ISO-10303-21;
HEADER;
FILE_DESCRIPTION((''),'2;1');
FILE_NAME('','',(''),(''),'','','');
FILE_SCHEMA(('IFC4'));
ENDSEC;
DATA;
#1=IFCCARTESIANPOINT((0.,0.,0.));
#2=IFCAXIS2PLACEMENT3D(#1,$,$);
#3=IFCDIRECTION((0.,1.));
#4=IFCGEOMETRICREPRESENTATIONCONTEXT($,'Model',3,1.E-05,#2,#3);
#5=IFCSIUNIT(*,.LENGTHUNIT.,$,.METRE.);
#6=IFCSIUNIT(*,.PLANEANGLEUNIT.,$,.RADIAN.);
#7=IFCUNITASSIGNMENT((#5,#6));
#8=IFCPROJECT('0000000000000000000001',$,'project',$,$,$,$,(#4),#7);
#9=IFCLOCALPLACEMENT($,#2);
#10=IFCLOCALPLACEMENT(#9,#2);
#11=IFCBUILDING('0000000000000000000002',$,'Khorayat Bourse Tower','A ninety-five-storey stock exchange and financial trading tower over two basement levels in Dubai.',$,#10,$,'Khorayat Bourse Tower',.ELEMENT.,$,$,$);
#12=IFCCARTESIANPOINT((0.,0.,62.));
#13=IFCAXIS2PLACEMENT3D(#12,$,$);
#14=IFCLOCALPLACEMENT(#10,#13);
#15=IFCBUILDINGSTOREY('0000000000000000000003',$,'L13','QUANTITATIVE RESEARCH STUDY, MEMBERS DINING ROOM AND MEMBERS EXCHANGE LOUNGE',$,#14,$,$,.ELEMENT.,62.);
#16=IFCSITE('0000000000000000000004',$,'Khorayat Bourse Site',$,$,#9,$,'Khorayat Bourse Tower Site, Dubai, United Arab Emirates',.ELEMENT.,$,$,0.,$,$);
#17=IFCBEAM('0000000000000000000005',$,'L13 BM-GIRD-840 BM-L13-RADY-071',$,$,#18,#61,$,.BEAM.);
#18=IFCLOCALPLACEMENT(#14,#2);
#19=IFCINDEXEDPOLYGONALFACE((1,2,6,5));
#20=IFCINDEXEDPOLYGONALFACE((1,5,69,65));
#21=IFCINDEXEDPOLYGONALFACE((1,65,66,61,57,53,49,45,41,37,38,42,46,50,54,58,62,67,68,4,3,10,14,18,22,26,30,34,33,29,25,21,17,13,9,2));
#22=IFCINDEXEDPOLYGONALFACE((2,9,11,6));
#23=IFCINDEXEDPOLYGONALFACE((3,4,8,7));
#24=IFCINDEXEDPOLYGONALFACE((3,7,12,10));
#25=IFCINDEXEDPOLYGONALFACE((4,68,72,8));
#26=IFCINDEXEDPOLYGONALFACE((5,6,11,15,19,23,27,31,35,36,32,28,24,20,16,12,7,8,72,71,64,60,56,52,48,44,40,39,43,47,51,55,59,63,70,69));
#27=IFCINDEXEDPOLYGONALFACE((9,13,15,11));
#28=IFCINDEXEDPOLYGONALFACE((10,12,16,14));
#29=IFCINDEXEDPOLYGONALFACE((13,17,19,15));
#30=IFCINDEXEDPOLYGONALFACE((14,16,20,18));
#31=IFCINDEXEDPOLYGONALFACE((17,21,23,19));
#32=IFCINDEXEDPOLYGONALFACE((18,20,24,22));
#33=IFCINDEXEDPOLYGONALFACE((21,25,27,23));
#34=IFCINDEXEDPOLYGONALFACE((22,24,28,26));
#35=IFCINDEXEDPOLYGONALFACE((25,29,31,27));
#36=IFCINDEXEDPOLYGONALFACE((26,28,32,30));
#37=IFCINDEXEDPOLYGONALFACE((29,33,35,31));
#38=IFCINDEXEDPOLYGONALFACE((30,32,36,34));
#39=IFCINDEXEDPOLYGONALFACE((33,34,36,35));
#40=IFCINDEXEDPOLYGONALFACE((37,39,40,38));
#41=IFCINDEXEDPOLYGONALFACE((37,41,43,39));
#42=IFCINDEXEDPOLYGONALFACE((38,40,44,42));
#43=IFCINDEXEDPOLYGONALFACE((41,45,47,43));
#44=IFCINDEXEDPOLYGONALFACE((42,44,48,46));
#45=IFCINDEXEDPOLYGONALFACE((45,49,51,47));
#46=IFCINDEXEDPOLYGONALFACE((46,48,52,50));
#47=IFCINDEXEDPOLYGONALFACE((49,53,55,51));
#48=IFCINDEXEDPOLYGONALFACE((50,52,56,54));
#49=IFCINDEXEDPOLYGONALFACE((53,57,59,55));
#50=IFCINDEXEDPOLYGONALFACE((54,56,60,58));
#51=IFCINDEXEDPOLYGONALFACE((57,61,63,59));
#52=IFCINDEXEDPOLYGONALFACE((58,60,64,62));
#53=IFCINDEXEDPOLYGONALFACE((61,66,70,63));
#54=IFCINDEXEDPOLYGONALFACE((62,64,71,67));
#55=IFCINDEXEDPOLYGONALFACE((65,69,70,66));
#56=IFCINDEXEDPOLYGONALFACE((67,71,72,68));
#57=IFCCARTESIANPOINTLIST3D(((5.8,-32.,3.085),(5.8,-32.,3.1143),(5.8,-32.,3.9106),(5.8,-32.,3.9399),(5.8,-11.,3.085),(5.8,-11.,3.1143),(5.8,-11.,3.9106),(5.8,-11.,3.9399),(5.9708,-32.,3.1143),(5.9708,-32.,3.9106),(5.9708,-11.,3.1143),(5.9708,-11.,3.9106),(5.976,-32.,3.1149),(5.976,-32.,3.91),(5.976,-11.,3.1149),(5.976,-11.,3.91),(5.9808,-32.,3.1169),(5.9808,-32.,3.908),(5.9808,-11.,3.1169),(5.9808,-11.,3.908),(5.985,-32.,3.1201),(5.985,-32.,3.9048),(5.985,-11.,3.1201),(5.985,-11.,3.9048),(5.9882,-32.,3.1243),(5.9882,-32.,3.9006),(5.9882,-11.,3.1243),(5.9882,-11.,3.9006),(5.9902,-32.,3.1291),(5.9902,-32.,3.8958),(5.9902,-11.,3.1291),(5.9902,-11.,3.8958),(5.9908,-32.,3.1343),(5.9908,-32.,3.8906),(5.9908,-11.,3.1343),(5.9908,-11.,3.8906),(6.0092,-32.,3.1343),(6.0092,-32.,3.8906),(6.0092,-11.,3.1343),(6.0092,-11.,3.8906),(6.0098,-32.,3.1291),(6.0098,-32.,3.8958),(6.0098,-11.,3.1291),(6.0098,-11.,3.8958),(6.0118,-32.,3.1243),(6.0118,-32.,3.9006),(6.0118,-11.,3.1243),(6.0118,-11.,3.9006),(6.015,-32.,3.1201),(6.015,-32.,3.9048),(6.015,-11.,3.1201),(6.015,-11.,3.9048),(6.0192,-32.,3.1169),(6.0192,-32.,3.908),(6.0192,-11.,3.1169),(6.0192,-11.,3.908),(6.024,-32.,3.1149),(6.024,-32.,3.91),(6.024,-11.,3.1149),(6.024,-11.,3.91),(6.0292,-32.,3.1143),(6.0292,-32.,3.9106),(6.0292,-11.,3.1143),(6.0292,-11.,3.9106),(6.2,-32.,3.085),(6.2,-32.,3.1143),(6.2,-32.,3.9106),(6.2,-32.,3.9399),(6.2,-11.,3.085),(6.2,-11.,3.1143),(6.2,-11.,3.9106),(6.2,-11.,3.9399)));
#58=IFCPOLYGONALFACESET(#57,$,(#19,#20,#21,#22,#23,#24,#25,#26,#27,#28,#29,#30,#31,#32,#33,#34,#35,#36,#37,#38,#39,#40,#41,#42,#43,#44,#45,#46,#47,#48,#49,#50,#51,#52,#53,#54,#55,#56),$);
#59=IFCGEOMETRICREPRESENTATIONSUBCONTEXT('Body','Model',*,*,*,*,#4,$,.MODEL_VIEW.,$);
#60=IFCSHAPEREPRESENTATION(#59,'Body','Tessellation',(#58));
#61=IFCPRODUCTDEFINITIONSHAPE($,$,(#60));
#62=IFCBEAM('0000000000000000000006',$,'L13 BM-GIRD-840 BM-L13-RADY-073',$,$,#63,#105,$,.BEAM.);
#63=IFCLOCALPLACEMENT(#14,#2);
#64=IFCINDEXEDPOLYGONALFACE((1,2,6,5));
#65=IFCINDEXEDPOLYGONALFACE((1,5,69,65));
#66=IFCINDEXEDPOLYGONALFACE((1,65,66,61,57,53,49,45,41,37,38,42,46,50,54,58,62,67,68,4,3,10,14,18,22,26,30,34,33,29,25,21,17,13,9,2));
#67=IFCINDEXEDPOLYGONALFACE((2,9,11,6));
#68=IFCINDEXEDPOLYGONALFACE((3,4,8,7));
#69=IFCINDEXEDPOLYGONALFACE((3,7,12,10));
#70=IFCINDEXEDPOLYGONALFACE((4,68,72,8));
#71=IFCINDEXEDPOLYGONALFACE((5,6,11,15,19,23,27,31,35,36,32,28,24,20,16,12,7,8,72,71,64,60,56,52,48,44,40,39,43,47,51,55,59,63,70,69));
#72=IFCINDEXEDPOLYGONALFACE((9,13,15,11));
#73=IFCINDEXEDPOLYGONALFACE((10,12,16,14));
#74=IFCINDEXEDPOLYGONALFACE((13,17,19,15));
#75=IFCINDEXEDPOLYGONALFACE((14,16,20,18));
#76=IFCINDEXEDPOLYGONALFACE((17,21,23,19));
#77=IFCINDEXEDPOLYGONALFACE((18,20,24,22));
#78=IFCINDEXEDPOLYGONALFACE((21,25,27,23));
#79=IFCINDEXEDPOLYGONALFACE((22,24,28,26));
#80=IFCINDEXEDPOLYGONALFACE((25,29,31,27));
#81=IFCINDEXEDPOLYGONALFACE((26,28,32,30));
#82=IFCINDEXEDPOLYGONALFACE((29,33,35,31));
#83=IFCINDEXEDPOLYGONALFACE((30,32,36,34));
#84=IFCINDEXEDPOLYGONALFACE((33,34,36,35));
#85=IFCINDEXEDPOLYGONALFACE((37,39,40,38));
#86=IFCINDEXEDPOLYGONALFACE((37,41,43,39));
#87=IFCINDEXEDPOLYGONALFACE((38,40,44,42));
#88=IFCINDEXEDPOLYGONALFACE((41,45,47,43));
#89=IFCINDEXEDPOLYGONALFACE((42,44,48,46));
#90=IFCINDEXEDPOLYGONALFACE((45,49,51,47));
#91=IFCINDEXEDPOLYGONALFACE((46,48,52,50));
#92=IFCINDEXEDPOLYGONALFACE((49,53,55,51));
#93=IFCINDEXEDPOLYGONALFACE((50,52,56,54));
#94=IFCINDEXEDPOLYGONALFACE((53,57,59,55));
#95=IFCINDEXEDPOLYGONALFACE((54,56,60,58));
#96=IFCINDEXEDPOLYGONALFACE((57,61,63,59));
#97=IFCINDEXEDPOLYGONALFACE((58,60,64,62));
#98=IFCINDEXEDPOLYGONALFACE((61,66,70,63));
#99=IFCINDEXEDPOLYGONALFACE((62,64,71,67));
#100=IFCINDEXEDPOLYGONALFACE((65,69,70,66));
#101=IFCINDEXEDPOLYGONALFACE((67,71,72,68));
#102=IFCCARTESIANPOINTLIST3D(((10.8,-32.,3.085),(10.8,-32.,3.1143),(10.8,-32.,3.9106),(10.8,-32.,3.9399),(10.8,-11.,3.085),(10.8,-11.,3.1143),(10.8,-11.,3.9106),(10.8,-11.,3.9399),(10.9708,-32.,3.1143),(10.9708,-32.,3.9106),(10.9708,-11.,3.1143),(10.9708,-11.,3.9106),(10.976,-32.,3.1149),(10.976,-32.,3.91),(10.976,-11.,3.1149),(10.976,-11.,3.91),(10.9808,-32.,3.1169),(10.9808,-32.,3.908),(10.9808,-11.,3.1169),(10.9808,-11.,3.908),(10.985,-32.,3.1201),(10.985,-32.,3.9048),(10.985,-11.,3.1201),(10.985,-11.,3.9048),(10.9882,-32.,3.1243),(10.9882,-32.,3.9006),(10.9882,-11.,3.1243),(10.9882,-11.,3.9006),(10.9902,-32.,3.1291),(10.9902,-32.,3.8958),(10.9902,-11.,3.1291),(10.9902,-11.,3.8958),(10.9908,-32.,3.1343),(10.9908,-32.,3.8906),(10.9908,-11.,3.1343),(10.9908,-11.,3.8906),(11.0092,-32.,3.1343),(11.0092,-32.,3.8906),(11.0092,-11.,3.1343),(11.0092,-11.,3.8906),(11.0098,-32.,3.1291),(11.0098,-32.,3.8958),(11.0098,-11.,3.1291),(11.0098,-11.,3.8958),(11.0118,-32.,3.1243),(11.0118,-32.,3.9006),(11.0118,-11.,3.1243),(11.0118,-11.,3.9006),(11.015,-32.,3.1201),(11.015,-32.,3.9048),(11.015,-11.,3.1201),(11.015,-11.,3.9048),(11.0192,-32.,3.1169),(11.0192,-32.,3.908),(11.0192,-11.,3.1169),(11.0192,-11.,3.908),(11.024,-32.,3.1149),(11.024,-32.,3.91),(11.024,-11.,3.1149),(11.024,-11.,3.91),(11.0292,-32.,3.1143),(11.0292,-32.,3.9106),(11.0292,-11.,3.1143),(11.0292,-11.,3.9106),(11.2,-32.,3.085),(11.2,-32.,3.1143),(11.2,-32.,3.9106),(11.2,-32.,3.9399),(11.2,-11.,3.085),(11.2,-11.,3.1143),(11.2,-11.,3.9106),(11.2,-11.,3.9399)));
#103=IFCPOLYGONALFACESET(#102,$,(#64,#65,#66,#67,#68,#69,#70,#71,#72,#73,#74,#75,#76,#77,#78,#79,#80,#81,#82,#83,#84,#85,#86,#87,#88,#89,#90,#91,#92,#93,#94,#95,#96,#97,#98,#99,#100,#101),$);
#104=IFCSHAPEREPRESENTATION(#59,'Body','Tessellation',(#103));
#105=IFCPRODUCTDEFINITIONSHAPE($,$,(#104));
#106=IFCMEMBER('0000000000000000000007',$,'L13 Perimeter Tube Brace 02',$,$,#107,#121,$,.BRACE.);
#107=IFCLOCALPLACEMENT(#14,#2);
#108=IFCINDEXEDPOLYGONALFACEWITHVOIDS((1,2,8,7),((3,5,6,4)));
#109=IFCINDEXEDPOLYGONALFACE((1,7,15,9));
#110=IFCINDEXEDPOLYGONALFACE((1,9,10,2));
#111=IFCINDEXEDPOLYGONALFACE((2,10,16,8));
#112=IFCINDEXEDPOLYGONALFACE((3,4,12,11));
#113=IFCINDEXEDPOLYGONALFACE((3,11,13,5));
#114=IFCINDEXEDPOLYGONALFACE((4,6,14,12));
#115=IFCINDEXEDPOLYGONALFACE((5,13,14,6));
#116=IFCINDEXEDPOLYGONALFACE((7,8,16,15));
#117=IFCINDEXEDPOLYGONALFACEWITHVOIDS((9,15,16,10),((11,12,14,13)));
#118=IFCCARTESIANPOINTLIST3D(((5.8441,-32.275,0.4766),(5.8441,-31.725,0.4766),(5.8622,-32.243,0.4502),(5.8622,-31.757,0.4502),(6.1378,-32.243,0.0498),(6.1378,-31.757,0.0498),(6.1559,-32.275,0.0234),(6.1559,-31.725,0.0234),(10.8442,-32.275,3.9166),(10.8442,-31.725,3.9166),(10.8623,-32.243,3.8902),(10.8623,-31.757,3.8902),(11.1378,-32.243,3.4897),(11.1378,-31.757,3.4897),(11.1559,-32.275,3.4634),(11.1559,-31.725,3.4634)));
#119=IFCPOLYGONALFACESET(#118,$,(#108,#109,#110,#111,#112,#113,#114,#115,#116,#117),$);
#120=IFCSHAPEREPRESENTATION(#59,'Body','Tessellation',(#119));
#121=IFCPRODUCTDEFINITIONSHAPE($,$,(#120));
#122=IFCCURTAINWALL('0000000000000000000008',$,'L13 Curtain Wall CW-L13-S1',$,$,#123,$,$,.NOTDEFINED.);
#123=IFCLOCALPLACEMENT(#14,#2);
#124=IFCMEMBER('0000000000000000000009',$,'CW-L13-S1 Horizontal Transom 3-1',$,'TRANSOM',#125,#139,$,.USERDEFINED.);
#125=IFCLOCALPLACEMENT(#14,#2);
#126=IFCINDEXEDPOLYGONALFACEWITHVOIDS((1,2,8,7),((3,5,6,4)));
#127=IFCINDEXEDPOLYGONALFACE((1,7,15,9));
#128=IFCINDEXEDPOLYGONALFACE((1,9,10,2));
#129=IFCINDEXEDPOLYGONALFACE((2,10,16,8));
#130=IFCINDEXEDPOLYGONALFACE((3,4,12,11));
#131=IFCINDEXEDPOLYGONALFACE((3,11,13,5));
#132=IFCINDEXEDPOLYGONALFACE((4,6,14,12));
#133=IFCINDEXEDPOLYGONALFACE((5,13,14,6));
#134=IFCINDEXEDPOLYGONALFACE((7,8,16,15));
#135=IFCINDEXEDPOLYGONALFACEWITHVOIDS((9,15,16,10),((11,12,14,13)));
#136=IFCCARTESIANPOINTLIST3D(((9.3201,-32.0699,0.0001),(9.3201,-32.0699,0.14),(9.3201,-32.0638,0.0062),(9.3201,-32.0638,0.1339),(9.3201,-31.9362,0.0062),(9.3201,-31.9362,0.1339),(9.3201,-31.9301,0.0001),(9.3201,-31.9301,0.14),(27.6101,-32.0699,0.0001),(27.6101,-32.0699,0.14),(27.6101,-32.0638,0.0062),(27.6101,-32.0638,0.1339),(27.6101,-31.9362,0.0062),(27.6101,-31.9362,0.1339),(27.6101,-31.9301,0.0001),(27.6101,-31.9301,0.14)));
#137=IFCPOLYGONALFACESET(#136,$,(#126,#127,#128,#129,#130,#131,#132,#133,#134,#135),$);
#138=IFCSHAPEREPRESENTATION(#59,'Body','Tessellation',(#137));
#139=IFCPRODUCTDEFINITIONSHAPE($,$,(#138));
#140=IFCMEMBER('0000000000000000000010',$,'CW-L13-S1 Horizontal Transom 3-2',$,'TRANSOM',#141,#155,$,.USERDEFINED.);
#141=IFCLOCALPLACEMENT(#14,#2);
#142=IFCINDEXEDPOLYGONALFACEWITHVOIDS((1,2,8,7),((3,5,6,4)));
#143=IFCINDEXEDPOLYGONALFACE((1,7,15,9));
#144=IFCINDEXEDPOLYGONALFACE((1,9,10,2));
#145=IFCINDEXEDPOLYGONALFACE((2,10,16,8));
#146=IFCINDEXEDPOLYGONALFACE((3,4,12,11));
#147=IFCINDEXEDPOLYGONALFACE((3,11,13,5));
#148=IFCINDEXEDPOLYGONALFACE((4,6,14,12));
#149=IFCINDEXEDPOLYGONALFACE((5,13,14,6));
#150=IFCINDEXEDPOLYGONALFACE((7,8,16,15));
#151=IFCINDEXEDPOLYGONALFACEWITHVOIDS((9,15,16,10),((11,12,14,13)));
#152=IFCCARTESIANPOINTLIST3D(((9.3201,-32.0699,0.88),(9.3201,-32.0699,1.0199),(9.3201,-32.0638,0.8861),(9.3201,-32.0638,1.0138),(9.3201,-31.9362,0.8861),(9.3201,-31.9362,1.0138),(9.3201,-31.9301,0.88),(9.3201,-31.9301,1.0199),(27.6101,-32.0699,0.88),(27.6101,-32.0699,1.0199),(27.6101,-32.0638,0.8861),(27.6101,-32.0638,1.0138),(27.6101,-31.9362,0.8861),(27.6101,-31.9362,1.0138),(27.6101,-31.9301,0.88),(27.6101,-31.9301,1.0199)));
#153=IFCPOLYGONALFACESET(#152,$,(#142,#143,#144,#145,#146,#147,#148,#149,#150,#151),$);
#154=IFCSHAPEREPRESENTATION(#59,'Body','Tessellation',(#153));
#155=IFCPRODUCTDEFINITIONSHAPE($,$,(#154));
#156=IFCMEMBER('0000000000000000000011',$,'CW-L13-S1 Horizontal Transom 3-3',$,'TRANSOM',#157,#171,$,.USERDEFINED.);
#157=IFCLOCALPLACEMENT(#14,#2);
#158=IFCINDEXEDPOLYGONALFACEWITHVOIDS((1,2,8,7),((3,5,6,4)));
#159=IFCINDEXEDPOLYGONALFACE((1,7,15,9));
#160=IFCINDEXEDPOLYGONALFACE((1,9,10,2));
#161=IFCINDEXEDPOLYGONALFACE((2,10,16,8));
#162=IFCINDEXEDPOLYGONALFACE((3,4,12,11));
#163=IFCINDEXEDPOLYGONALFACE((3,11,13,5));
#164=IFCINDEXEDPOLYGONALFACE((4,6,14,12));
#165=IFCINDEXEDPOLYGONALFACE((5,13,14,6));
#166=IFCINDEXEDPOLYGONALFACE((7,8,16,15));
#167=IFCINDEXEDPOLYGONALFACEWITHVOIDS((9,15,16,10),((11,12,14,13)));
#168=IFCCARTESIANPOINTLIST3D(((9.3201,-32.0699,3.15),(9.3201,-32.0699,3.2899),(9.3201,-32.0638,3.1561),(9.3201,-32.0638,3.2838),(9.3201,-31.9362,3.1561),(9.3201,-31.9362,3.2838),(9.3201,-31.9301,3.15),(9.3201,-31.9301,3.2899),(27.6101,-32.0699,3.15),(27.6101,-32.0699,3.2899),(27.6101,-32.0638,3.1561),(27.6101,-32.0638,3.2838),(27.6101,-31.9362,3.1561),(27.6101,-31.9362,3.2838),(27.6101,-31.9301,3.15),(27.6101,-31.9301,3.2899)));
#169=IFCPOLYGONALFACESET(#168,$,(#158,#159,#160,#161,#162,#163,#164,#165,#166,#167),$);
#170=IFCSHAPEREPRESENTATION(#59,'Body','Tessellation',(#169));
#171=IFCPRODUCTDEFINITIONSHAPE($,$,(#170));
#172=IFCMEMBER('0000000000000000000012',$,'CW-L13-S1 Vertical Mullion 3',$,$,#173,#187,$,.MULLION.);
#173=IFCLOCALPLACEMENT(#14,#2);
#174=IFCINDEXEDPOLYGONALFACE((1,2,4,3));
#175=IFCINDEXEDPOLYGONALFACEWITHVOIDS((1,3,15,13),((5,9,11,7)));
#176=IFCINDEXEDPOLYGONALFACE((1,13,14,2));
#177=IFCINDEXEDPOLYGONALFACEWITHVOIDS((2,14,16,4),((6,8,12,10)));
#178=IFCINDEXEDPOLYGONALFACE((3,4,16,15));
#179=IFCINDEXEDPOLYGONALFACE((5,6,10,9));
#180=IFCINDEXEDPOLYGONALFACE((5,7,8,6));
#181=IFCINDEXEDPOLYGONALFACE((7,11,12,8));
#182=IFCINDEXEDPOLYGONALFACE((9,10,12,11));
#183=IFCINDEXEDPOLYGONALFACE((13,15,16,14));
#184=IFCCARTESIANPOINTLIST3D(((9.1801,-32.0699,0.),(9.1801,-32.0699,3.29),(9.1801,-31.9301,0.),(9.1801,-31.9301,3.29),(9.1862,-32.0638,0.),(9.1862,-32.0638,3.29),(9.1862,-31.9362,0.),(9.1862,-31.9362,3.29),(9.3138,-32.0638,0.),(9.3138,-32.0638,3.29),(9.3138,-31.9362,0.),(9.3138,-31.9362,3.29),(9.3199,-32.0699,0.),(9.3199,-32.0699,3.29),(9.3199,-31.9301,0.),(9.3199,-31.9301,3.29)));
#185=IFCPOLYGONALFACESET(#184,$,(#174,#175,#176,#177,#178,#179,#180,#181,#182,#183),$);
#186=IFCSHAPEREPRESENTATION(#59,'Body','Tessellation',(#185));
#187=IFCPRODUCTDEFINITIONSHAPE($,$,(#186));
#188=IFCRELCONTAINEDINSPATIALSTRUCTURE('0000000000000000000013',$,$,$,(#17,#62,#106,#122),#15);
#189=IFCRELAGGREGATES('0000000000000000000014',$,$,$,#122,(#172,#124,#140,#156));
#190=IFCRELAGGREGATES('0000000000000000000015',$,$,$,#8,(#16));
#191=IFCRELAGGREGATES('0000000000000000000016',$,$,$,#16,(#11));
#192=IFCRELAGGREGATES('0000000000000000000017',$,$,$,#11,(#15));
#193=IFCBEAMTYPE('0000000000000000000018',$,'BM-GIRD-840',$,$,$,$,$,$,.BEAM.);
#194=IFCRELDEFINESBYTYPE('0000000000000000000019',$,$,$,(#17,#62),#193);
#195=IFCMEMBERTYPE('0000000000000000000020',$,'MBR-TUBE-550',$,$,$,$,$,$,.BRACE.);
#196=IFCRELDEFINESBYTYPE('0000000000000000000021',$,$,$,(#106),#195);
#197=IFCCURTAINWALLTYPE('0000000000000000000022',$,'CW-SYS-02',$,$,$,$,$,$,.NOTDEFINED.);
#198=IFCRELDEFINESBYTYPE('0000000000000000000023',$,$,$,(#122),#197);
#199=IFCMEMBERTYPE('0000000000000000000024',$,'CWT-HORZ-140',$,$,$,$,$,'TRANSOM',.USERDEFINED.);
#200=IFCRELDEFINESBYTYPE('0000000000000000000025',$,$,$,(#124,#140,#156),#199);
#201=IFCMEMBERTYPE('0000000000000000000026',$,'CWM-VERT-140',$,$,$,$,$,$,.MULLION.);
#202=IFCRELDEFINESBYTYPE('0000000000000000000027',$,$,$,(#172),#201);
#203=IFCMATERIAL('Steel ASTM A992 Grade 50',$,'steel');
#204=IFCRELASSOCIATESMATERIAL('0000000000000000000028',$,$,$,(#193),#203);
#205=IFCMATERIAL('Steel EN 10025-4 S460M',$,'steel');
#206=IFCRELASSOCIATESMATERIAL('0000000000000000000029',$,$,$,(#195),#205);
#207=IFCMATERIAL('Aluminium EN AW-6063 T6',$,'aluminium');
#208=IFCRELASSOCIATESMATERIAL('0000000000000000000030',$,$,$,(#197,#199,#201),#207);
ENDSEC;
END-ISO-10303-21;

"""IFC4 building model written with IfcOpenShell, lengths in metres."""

from ifc_helpers import new_model, si_unit, direction, frame, origin, origin_2d, place, context, subcontext, project, spatial, hollow_rectangle, i_section, extrude, source, transform, mapped, material, material_profile, profile_set, type_object, element, aggregate, save


model = new_model("IFC4")

# Units and contexts
model_context = context("Model", 3, precision=1e-05, world=origin(), true_north=direction((0.0, 1.0)))
body_context = subcontext(model_context, "Body", "Model", "MODEL_VIEW")
ifc_project = project(units=[si_unit("LENGTHUNIT", "METRE"), si_unit("PLANEANGLEUNIT", "RADIAN")], contexts=[model_context])

# Site, building, storey
site_placement = place(None, origin())
site = spatial("IfcSite", under=ifc_project, at=site_placement, Name="Khorayat Bourse Site", LongName="Khorayat Bourse Tower Site, Dubai, United Arab Emirates", CompositionType="ELEMENT", RefElevation=0.0)
building_placement = place(site_placement, origin())
building = spatial("IfcBuilding", under=site, at=building_placement, Name="Khorayat Bourse Tower", Description="A ninety-five-storey stock exchange and financial trading tower over two basement levels in Dubai.", LongName="Khorayat Bourse Tower", CompositionType="ELEMENT")
storey_placement = place(building_placement, frame((0.0, 0.0, 62.0)))
storey = spatial("IfcBuildingStorey", under=building, at=storey_placement, Name="L13", Description="QUANTITATIVE RESEARCH STUDY, MEMBERS DINING ROOM AND MEMBERS EXCHANGE LOUNGE", CompositionType="ELEMENT", Elevation=62.0)

# Shared definitions
ifc_material_1 = material(Name="Steel EN 10025-4 S460M", Category="steel")

# Beams
ifc_material_2 = material(Name="Steel ASTM A992 Grade 50", Category="steel")
ifc_material_profile_1 = material_profile(ifc_material_2, i_section(OverallWidth=0.3999, OverallDepth=0.855, WebThickness=0.0183, FlangeThickness=0.0293, FilletRadius=0.02, at=origin_2d()), Name="W840X299")
ifc_profile_set_1 = profile_set([ifc_material_profile_1], Name="Steel ASTM A992 Grade 50")
beam_type_1 = type_object("IfcBeamType", Name="BM-GIRD-840", PredefinedType="BEAM", material=ifc_profile_set_1)
shared_shape_1 = source(origin(), body_context, "Body", "SweptSolid", [
    extrude(i_section(OverallWidth=0.3999, OverallDepth=0.855, WebThickness=0.0183, FlangeThickness=0.0293, FilletRadius=0.02, at=origin_2d()), origin(), (0.0, 0.0, 1.0), 21.0),
])
for number, where, z_axis, x_axis, name in (
    (1, (6.0, -32.0, 3.5125), (0.0, 1.0, 0.0), (-1.0, 0.0, 0.0), "L13 BM-GIRD-840 BM-L13-RADY-071"),
    (2, (11.0, -32.0, 3.5125), (0.0, 1.0, 0.0), (-1.0, 0.0, 0.0), "L13 BM-GIRD-840 BM-L13-RADY-073"),
):
    element("IfcBeam", number, at=place(storey_placement, frame(where, z_axis=z_axis, x_axis=x_axis)), inside=storey, type_object=beam_type_1, Name=name, PredefinedType="BEAM", context=body_context, shape_type="MappedRepresentation", body=[
        mapped(shared_shape_1, transform((0.0, 0.0, 0.0), scale=1.0)),
    ])

# Member
ifc_material_profile_2 = material_profile(ifc_material_1, hollow_rectangle(XDim=0.55, YDim=0.55, WallThickness=0.032, at=origin_2d()), Name="HSS 550x550x32")
ifc_profile_set_2 = profile_set([ifc_material_profile_2], Name="Steel EN 10025-4 S460M")
member_type_1 = type_object("IfcMemberType", Name="MBR-TUBE-550", PredefinedType="BRACE", material=ifc_profile_set_2)
shared_shape_2 = source(origin(), body_context, "Body", "SweptSolid", [
    extrude(hollow_rectangle(XDim=0.55, YDim=0.55, WallThickness=0.032, at=origin_2d()), origin(), (0.0, 0.0, 1.0), 6.0691),
])
member_1_placement = place(storey_placement, frame((6.0, -32.0, 0.25), z_axis=(0.823854, 0.0, 0.566802), x_axis=(0.0, 1.0, 0.0)))
element("IfcMember", 3, at=member_1_placement, inside=storey, type_object=member_type_1, Name="L13 Perimeter Tube Brace 02", PredefinedType="BRACE", context=body_context, shape_type="MappedRepresentation", body=[
    mapped(shared_shape_2, transform((0.0, 0.0, 0.0), scale=1.0)),
])

# Curtain wall, members
ifc_material_3 = material(Name="Aluminium EN AW-6063 T6", Category="aluminium")
curtain_wall_type = type_object("IfcCurtainWallType", Name="CW-SYS-02", PredefinedType="NOTDEFINED", material=ifc_material_3)
curtain_wall_placement = place(storey_placement, origin())
curtain_wall = element("IfcCurtainWall", 4, at=curtain_wall_placement, inside=storey, type_object=curtain_wall_type, Name="L13 Curtain Wall CW-L13-S1", PredefinedType="NOTDEFINED")
ifc_material_profile_3 = material_profile(ifc_material_3, hollow_rectangle(XDim=0.1399, YDim=0.1399, WallThickness=0.0061, at=origin_2d()), Name="ALU 140x140x6")
ifc_profile_set_3 = profile_set([ifc_material_profile_3], Name="Aluminium EN AW-6063 T6")
member_type_2 = type_object("IfcMemberType", Name="CWT-HORZ-140", ElementType="TRANSOM", PredefinedType="USERDEFINED", material=ifc_profile_set_3)
shared_shape_3 = source(origin(), body_context, "Body", "SweptSolid", [
    extrude(hollow_rectangle(XDim=0.1399, YDim=0.1399, WallThickness=0.0061, at=origin_2d()), origin(), (0.0, 0.0, 1.0), 18.29),
])
member_2_placement = place(storey_placement, frame((9.3201, -32.0, 0.0701), z_axis=(1.0, 0.0, 0.0), x_axis=(0.0, 1.0, 0.0)))
member_2 = element("IfcMember", 5, at=member_2_placement, type_object=member_type_2, Name="CW-L13-S1 Horizontal Transom 3-1", ObjectType="TRANSOM", PredefinedType="USERDEFINED", context=body_context, shape_type="MappedRepresentation", body=[
    mapped(shared_shape_3, transform((0.0, 0.0, 0.0), scale=1.0)),
])
member_3_placement = place(storey_placement, frame((9.3201, -32.0, 0.95), z_axis=(1.0, 0.0, 0.0), x_axis=(0.0, 1.0, 0.0)))
member_3 = element("IfcMember", 6, at=member_3_placement, type_object=member_type_2, Name="CW-L13-S1 Horizontal Transom 3-2", ObjectType="TRANSOM", PredefinedType="USERDEFINED", context=body_context, shape_type="MappedRepresentation", body=[
    mapped(shared_shape_3, transform((0.0, 0.0, 0.0), scale=1.0)),
])
member_4_placement = place(storey_placement, frame((9.3201, -32.0, 3.22), z_axis=(1.0, 0.0, 0.0), x_axis=(0.0, 1.0, 0.0)))
member_4 = element("IfcMember", 7, at=member_4_placement, type_object=member_type_2, Name="CW-L13-S1 Horizontal Transom 3-3", ObjectType="TRANSOM", PredefinedType="USERDEFINED", context=body_context, shape_type="MappedRepresentation", body=[
    mapped(shared_shape_3, transform((0.0, 0.0, 0.0), scale=1.0)),
])
ifc_material_profile_4 = material_profile(ifc_material_3, hollow_rectangle(XDim=0.1399, YDim=0.1399, WallThickness=0.0061, at=origin_2d()), Name="ALU 140x140x6")
ifc_profile_set_4 = profile_set([ifc_material_profile_4], Name="Aluminium EN AW-6063 T6")
member_type_3 = type_object("IfcMemberType", Name="CWM-VERT-140", PredefinedType="MULLION", material=ifc_profile_set_4)
shared_shape_4 = source(origin(), body_context, "Body", "SweptSolid", [
    extrude(hollow_rectangle(XDim=0.1399, YDim=0.1399, WallThickness=0.0061, at=origin_2d()), origin(), (0.0, 0.0, 1.0), 3.29),
])
member_5_placement = place(storey_placement, frame((9.25, -32.0, 0.0), z_axis=(0.0, 0.0, 1.0), x_axis=(0.0, 1.0, 0.0)))
member_5 = element("IfcMember", 8, at=member_5_placement, type_object=member_type_3, Name="CW-L13-S1 Vertical Mullion 3", PredefinedType="MULLION", context=body_context, shape_type="MappedRepresentation", body=[
    mapped(shared_shape_4, transform((0.0, 0.0, 0.0), scale=1.0)),
])

aggregate(curtain_wall, [member_5, member_2, member_3, member_4])

save(model, "model.ifc")
